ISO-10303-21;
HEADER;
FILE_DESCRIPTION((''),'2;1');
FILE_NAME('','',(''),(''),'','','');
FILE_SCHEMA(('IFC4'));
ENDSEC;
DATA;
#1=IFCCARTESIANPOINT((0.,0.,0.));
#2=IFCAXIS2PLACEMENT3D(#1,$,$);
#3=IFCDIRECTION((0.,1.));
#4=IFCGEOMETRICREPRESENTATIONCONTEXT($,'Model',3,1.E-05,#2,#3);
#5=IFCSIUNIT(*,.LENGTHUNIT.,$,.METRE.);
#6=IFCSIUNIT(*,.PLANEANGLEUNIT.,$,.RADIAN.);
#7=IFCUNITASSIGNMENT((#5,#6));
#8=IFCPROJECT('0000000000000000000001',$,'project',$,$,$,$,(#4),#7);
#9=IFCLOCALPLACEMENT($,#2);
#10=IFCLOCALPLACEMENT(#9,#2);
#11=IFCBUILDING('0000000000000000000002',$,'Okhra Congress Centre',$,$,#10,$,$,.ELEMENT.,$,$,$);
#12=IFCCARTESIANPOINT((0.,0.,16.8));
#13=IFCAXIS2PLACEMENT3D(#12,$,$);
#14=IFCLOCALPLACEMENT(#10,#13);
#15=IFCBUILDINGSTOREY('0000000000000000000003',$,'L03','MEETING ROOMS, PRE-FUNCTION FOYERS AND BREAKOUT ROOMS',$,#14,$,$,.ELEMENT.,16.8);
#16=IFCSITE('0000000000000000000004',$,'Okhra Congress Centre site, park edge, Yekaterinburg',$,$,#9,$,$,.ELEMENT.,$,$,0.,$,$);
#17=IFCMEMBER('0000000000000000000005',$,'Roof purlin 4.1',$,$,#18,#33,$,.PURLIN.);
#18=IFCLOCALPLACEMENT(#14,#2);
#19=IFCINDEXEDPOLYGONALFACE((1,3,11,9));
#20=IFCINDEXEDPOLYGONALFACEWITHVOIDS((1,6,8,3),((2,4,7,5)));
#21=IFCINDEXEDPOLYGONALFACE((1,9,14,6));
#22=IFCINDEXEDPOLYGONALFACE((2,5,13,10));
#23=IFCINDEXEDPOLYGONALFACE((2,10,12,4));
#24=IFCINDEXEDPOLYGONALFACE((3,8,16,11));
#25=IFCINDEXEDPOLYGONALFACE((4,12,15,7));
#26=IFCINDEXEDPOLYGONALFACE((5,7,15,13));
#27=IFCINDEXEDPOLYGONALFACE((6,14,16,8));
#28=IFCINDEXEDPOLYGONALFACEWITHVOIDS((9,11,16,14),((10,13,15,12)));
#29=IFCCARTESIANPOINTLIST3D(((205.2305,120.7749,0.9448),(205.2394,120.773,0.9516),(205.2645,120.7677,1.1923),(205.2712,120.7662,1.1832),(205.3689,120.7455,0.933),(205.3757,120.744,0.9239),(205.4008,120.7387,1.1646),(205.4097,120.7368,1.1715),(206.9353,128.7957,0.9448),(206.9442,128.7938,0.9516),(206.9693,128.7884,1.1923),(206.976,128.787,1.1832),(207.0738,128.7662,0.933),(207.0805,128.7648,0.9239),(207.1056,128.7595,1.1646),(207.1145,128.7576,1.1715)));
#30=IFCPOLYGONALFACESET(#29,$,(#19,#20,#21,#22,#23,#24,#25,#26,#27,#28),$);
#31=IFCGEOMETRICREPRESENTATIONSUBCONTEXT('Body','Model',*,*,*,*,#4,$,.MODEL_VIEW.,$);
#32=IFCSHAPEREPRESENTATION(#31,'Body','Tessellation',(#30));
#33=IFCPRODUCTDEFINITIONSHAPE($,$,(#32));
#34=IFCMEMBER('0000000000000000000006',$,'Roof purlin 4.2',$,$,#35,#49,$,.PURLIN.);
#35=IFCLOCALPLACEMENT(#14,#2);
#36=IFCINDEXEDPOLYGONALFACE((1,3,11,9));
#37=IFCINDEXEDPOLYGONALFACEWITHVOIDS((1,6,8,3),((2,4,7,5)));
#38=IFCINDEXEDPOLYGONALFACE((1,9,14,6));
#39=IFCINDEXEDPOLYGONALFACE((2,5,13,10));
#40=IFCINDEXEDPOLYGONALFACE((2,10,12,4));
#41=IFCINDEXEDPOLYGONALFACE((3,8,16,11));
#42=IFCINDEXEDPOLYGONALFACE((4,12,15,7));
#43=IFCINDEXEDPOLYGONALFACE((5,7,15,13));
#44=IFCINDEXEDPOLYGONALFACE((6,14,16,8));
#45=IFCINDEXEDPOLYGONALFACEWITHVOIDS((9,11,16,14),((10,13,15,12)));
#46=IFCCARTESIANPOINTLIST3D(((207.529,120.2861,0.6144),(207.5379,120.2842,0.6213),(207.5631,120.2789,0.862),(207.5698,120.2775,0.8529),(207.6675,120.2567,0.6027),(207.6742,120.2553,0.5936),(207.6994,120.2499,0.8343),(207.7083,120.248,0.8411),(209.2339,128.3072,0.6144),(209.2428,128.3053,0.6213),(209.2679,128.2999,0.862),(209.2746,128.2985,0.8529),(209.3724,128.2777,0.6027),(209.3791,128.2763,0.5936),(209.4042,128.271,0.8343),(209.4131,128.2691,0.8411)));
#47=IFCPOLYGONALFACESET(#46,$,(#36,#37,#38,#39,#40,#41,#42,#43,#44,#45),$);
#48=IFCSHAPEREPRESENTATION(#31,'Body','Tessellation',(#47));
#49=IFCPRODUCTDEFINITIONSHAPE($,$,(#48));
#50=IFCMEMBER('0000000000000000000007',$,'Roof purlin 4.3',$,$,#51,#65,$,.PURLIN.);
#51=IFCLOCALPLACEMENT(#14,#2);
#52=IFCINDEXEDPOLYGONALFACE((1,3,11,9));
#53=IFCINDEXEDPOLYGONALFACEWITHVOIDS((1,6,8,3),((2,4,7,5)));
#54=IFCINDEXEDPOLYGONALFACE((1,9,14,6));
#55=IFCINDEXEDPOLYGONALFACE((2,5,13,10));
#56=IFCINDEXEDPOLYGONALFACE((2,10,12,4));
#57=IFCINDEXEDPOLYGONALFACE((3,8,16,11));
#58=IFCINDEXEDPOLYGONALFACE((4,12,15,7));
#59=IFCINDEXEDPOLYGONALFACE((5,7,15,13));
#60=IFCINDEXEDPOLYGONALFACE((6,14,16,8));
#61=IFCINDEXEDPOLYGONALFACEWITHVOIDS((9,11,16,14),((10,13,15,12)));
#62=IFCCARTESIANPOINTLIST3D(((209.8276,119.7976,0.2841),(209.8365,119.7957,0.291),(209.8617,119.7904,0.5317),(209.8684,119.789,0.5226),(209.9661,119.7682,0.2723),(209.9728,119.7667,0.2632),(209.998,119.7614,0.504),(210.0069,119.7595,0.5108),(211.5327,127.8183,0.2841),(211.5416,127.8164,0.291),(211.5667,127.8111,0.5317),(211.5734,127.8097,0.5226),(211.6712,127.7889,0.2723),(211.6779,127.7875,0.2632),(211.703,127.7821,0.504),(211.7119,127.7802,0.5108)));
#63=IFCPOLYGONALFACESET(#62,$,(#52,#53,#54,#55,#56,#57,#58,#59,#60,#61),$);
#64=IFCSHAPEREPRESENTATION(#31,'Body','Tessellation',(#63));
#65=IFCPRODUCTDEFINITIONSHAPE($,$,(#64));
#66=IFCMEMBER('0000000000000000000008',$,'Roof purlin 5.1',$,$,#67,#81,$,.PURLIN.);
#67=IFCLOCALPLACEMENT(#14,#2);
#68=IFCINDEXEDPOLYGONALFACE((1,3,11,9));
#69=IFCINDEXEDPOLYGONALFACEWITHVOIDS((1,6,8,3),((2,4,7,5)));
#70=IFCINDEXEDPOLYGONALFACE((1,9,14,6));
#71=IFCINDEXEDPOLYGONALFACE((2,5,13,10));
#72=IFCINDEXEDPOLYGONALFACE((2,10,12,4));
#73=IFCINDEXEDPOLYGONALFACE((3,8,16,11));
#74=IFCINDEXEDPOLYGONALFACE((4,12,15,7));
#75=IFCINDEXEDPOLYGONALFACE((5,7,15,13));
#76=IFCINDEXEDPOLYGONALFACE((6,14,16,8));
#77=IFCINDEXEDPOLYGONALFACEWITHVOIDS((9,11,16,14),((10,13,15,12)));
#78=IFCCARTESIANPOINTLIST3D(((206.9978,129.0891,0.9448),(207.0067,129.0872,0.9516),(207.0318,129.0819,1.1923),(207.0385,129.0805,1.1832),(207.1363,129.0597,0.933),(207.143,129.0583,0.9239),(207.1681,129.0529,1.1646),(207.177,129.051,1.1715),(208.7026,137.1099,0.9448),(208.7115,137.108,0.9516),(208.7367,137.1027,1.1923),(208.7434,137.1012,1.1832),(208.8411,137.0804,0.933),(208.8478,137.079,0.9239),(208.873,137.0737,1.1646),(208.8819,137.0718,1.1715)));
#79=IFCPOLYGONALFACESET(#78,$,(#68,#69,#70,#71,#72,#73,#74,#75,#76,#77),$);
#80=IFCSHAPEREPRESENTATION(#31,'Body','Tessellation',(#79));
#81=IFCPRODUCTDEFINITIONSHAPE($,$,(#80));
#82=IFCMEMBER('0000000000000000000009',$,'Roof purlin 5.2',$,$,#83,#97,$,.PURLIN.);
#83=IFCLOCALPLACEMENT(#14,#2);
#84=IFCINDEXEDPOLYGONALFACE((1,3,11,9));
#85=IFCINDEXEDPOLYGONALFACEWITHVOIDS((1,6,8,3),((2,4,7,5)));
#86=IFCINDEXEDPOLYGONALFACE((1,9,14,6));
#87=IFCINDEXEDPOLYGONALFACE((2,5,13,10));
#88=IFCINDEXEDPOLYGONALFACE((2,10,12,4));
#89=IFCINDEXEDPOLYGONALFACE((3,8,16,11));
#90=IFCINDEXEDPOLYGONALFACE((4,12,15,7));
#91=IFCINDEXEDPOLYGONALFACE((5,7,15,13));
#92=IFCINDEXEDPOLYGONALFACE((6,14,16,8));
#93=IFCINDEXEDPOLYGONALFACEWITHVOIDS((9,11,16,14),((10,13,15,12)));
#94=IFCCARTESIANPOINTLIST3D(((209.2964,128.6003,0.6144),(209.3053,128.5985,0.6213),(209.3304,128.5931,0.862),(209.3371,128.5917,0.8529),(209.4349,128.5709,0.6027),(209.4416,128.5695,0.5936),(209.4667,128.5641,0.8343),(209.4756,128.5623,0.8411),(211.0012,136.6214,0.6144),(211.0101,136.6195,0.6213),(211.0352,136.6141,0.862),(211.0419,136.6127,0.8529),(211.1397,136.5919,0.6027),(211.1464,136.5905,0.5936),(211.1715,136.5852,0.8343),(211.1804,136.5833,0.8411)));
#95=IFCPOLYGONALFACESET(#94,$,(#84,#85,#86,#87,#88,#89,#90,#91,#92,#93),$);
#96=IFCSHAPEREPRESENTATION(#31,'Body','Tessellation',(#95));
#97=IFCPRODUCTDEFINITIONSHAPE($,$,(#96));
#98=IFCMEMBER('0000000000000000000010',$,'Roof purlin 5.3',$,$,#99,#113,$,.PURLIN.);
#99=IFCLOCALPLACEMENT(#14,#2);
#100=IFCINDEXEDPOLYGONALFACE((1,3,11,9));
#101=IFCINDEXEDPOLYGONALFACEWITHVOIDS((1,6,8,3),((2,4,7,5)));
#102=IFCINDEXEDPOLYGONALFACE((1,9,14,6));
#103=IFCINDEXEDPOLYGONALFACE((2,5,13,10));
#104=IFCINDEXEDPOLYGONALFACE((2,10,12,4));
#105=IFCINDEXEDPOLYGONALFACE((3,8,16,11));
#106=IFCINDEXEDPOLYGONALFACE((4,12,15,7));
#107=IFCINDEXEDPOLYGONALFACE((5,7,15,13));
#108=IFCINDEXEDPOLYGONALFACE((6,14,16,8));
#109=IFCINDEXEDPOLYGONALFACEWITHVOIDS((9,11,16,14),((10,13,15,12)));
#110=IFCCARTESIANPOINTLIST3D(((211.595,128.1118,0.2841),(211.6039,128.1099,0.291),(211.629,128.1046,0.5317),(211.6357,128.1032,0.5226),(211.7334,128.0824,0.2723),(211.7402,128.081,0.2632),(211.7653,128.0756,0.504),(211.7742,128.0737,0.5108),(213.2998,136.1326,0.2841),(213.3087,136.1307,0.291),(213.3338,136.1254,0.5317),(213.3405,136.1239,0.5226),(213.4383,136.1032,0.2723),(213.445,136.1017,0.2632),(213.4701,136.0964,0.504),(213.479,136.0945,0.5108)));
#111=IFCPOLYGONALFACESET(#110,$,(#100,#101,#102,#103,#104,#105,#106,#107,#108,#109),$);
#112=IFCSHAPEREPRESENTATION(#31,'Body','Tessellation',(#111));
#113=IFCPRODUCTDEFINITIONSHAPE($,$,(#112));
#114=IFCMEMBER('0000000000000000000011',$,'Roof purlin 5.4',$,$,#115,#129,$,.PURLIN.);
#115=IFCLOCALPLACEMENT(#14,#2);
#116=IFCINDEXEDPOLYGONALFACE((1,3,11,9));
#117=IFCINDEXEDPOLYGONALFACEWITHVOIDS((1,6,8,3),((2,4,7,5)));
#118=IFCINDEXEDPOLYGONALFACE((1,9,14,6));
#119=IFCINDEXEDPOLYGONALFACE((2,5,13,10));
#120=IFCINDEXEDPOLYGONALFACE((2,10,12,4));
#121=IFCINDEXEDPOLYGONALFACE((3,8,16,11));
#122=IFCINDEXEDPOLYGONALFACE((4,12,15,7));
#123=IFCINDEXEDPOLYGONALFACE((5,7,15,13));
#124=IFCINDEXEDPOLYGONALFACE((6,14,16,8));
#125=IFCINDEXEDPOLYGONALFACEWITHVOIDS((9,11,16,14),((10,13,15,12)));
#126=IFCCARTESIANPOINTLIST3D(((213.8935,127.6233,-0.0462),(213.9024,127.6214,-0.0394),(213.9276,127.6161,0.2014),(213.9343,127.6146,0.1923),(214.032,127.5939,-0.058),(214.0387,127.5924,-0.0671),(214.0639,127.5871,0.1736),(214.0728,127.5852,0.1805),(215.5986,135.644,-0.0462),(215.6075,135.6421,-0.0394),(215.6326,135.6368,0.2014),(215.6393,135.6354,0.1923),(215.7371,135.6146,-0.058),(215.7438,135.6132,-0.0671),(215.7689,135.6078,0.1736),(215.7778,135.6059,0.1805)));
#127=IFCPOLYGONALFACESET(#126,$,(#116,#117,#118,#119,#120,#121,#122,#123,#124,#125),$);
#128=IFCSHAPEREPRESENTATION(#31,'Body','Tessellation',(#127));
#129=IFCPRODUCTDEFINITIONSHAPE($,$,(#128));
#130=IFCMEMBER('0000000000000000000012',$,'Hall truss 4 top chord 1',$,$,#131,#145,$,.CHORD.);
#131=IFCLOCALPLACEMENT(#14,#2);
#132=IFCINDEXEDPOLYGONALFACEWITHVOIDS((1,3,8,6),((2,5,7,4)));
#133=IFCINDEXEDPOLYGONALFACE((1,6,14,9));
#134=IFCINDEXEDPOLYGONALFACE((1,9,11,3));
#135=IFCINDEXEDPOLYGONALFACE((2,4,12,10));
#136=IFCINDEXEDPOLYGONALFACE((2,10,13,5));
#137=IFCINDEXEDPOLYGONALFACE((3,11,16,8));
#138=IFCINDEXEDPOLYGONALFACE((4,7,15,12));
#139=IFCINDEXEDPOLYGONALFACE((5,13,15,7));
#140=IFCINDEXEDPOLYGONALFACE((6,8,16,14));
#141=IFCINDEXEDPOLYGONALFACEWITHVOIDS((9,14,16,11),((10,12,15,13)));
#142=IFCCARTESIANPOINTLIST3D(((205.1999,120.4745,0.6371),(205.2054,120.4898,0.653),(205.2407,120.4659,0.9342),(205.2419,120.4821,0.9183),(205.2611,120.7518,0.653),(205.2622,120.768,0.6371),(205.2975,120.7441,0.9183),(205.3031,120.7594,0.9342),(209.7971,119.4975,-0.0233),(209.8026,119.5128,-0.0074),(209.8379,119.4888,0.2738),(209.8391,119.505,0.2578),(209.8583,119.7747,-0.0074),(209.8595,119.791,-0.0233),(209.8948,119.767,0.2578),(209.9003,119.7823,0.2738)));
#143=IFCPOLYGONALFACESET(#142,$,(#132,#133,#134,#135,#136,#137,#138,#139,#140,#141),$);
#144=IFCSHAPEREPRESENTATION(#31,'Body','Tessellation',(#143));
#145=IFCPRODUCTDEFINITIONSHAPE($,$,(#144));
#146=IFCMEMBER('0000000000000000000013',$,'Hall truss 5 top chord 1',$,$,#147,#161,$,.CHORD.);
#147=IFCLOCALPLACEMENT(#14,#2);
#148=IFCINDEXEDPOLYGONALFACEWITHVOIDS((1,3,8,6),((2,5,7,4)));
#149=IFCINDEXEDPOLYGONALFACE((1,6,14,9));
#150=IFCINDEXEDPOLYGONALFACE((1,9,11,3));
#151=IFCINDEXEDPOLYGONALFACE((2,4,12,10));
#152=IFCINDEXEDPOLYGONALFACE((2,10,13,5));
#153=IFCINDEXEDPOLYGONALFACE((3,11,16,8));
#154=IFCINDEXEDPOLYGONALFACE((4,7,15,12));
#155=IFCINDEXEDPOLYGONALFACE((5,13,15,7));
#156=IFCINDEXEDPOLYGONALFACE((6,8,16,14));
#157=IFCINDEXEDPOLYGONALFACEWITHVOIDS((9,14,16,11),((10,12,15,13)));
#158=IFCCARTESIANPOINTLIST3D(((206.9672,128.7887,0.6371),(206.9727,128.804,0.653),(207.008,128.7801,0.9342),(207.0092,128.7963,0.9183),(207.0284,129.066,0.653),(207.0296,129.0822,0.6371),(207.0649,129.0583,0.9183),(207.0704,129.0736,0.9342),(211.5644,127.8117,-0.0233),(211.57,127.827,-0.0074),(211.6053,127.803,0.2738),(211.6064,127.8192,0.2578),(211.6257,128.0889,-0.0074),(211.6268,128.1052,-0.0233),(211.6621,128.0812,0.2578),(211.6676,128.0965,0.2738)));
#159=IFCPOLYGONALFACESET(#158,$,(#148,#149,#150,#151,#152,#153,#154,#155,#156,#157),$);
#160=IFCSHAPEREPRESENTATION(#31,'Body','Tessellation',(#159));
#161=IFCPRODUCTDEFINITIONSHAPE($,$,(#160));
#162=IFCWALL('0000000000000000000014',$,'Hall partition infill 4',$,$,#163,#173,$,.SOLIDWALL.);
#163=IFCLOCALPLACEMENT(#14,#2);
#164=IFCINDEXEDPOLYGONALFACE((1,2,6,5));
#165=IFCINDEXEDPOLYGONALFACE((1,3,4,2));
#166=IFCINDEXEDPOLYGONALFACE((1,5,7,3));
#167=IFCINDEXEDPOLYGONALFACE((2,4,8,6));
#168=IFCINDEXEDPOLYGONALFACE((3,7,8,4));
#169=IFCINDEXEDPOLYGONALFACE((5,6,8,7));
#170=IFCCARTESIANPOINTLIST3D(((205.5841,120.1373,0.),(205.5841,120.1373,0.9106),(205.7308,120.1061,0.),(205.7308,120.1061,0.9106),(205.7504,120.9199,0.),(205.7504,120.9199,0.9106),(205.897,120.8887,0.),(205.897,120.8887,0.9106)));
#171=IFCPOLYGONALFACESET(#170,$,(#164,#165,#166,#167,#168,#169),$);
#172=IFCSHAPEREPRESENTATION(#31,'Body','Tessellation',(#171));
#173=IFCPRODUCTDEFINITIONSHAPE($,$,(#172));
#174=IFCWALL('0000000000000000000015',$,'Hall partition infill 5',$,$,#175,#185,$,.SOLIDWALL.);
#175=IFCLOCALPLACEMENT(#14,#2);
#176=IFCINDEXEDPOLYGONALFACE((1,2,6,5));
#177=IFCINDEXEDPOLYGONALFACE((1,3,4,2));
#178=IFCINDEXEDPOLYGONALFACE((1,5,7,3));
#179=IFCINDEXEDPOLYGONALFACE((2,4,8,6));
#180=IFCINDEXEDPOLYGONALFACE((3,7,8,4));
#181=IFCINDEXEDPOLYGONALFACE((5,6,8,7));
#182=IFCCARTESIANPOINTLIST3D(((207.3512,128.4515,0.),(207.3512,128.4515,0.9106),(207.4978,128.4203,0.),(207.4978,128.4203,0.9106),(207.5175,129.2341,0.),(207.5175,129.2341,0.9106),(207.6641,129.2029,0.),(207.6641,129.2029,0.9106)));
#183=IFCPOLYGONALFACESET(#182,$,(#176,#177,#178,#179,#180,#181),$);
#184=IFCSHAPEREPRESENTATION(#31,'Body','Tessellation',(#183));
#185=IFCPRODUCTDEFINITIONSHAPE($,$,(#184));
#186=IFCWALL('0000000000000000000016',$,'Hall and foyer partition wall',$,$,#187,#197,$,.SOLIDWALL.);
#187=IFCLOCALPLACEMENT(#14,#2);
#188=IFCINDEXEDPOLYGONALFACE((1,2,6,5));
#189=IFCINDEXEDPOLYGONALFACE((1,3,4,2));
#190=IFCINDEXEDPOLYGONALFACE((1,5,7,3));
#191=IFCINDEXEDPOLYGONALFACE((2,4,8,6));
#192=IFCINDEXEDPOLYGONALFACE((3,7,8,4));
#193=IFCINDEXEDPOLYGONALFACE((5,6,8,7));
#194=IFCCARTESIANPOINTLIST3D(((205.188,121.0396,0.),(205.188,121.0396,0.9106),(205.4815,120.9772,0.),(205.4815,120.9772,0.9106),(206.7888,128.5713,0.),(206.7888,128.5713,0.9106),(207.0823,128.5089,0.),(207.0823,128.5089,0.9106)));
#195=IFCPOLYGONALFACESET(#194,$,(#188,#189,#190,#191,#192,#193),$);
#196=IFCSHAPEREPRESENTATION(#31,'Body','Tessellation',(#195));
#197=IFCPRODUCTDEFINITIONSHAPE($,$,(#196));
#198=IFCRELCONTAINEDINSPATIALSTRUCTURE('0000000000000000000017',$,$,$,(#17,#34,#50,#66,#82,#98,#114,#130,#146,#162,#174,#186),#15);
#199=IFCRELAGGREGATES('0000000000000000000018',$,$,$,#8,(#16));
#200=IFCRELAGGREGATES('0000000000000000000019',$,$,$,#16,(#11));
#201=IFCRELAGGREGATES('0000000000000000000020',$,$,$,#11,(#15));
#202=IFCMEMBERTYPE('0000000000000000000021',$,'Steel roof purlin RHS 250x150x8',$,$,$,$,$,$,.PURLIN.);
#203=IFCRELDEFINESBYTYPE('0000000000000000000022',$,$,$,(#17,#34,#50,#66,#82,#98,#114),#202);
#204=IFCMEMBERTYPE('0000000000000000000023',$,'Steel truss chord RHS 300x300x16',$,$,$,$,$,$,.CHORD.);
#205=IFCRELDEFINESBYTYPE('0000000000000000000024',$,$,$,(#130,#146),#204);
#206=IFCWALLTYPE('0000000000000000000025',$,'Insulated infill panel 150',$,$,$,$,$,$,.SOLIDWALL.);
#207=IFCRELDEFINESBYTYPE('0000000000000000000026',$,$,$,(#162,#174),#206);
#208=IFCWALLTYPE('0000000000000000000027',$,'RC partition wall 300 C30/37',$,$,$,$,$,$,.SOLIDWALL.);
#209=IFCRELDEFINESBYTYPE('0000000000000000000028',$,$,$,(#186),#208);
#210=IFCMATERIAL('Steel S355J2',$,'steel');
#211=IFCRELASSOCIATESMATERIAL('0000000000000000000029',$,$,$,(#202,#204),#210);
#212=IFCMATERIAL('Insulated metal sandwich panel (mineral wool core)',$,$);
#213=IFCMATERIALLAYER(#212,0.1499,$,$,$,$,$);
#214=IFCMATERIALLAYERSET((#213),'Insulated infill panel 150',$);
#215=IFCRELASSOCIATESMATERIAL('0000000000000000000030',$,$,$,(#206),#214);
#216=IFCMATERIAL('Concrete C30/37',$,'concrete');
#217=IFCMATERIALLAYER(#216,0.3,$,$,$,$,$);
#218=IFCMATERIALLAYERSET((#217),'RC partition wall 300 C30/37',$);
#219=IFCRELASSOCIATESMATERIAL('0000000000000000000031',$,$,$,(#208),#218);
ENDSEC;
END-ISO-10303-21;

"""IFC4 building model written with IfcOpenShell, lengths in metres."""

from ifc_helpers import new_model, si_unit, direction, frame, frame_2d, origin, origin_2d, place, context, subcontext, project, spatial, rectangle, hollow_rectangle, extrude, material, layer, layer_set, material_profile, profile_set, type_object, element, save


model = new_model("IFC4")

# Units and contexts
model_context = context("Model", 3, precision=1e-05, world=origin(), true_north=direction((0.0, 1.0)))
body_context = subcontext(model_context, "Body", "Model", "MODEL_VIEW")
ifc_project = project(units=[si_unit("LENGTHUNIT", "METRE"), si_unit("PLANEANGLEUNIT", "RADIAN")], contexts=[model_context])

# Site, building, storey
site_placement = place(None, origin())
site = spatial("IfcSite", under=ifc_project, at=site_placement, Name="Okhra Congress Centre site, park edge, Yekaterinburg", CompositionType="ELEMENT", RefElevation=0.0)
building_placement = place(site_placement, origin())
building = spatial("IfcBuilding", under=site, at=building_placement, Name="Okhra Congress Centre", CompositionType="ELEMENT")
storey_placement = place(building_placement, frame((0.0, 0.0, 16.8)))
storey = spatial("IfcBuildingStorey", under=building, at=storey_placement, Name="L03", Description="MEETING ROOMS, PRE-FUNCTION FOYERS AND BREAKOUT ROOMS", CompositionType="ELEMENT", Elevation=16.8)

# Members
ifc_material_1 = material(Name="Steel S355J2", Category="steel")
ifc_material_profile_1 = material_profile(ifc_material_1, hollow_rectangle(XDim=0.1499, YDim=0.25, WallThickness=0.0081, at=origin_2d()), Name="RHS 250x150x8")
ifc_profile_set_1 = profile_set([ifc_material_profile_1], Name="Steel S355J2")
member_type_1 = type_object("IfcMemberType", Name="Steel roof purlin RHS 250x150x8", PredefinedType="PURLIN", material=ifc_profile_set_1)
member_1_placement = place(storey_placement, frame((205.3201, 120.7559, 1.0581), z_axis=(0.207908, 0.978148, 0.0), x_axis=(-0.968629, 0.205885, 0.139173)))
element("IfcMember", 1, at=member_1_placement, inside=storey, type_object=member_type_1, Name="Roof purlin 4.1", PredefinedType="PURLIN", context=body_context, shape_type="SweptSolid", body=[
    extrude(hollow_rectangle(XDim=0.1499, YDim=0.25, WallThickness=0.0081, at=origin_2d()), origin(), (0.0, 0.0, 1.0), 8.2),
])
member_2_placement = place(storey_placement, frame((207.6187, 120.2671, 0.7278), z_axis=(0.207902, 0.97815, 0.0), x_axis=(-0.96863, 0.205879, 0.139173)))
element("IfcMember", 2, at=member_2_placement, inside=storey, type_object=member_type_1, Name="Roof purlin 4.2", PredefinedType="PURLIN", context=body_context, shape_type="SweptSolid", body=[
    extrude(hollow_rectangle(XDim=0.1499, YDim=0.25, WallThickness=0.0081, at=origin_2d()), origin(), (0.0, 0.0, 1.0), 8.2002),
])
for number, where, z_axis, x_axis, name in (
    (3, (209.9172, 119.7786, 0.3975), (0.207937, 0.978142, 0.0), (-0.968623, 0.205913, 0.139173), "Roof purlin 4.3"),
    (4, (207.0874, 129.0701, 1.0581), (0.207908, 0.978148, 0.0), (-0.968629, 0.205885, 0.139173), "Roof purlin 5.1"),
):
    element("IfcMember", number, at=place(storey_placement, frame(where, z_axis=z_axis, x_axis=x_axis)), inside=storey, type_object=member_type_1, Name=name, PredefinedType="PURLIN", context=body_context, shape_type="SweptSolid", body=[
        extrude(hollow_rectangle(XDim=0.1499, YDim=0.25, WallThickness=0.0081, at=origin_2d()), origin(), (0.0, 0.0, 1.0), 8.2),
    ])
member_3_placement = place(storey_placement, frame((209.386, 128.5813, 0.7278), z_axis=(0.207902, 0.97815, 0.0), x_axis=(-0.96863, 0.205879, 0.139173)))
element("IfcMember", 5, at=member_3_placement, inside=storey, type_object=member_type_1, Name="Roof purlin 5.2", PredefinedType="PURLIN", context=body_context, shape_type="SweptSolid", body=[
    extrude(hollow_rectangle(XDim=0.1499, YDim=0.25, WallThickness=0.0081, at=origin_2d()), origin(), (0.0, 0.0, 1.0), 8.2002),
])
for number, where, z_axis, x_axis, name in (
    (6, (211.6846, 128.0928, 0.3975), (0.207908, 0.978148, 0.0), (-0.968629, 0.205885, 0.139173), "Roof purlin 5.3"),
    (7, (213.9832, 127.6042, 0.0671), (0.207937, 0.978142, 0.0), (-0.968623, 0.205913, 0.139173), "Roof purlin 5.4"),
):
    element("IfcMember", number, at=place(storey_placement, frame(where, z_axis=z_axis, x_axis=x_axis)), inside=storey, type_object=member_type_1, Name=name, PredefinedType="PURLIN", context=body_context, shape_type="SweptSolid", body=[
        extrude(hollow_rectangle(XDim=0.1499, YDim=0.25, WallThickness=0.0081, at=origin_2d()), origin(), (0.0, 0.0, 1.0), 8.2),
    ])
ifc_material_profile_2 = material_profile(ifc_material_1, hollow_rectangle(XDim=0.3, YDim=0.3, WallThickness=0.0161, at=origin_2d()), Name="RHS 300x300x16")
ifc_profile_set_2 = profile_set([ifc_material_profile_2], Name="Steel S355J2")
member_type_2 = type_object("IfcMemberType", Name="Steel truss chord RHS 300x300x16", PredefinedType="CHORD", material=ifc_profile_set_2)
for number, where, z_axis, x_axis, name in (
    (8, (205.2515, 120.6169, 0.7856), (0.968636, -0.205867, -0.139148), (0.20789, 0.978152, 0.0), "Hall truss 4 top chord 1"),
    (9, (207.0188, 128.9312, 0.7856), (0.968636, -0.205867, -0.139148), (0.20789, 0.978152, 0.0), "Hall truss 5 top chord 1"),
):
    element("IfcMember", number, at=place(storey_placement, frame(where, z_axis=z_axis, x_axis=x_axis)), inside=storey, type_object=member_type_2, Name=name, PredefinedType="CHORD", context=body_context, shape_type="SweptSolid", body=[
        extrude(hollow_rectangle(XDim=0.3, YDim=0.3, WallThickness=0.0161, at=origin_2d()), origin(), (0.0, 0.0, 1.0), 4.7461),
    ])

# Walls
ifc_material_2 = material(Name="Insulated metal sandwich panel (mineral wool core)")
ifc_layer_1 = layer(ifc_material_2, 0.1499)
ifc_layer_set_1 = layer_set([ifc_layer_1], Name="Insulated infill panel 150")
wall_type_1 = type_object("IfcWallType", Name="Insulated infill panel 150", PredefinedType="SOLIDWALL", material=ifc_layer_set_1)
for number, where, z_axis, x_axis, name in (
    (10, (205.6575, 120.1218, 0.0), (0.0, 0.0, 1.0), (0.207841, 0.978163, 0.0), "Hall partition infill 4"),
    (11, (207.4246, 128.436, 0.0), (0.0, 0.0, 1.0), (0.207841, 0.978163, 0.0), "Hall partition infill 5"),
):
    element("IfcWall", number, at=place(storey_placement, frame(where, z_axis=z_axis, x_axis=x_axis)), inside=storey, type_object=wall_type_1, Name=name, PredefinedType="SOLIDWALL", context=body_context, shape_type="SweptSolid", body=[
        extrude(rectangle(XDim=0.8, YDim=0.1499, at=frame_2d((0.3999, 0.0))), origin(), (0.0, 0.0, 1.0), 0.9106),
    ])
ifc_material_3 = material(Name="Concrete C30/37", Category="concrete")
ifc_layer_2 = layer(ifc_material_3, 0.3)
ifc_layer_set_2 = layer_set([ifc_layer_2], Name="RC partition wall 300 C30/37")
wall_type_2 = type_object("IfcWallType", Name="RC partition wall 300 C30/37", PredefinedType="SOLIDWALL", material=ifc_layer_set_2)
wall_placement = place(storey_placement, frame((205.3347, 121.0083, 0.0), z_axis=(0.0, 0.0, 1.0), x_axis=(0.2079, 0.97815, 0.0)))
element("IfcWall", 12, at=wall_placement, inside=storey, type_object=wall_type_2, Name="Hall and foyer partition wall", PredefinedType="SOLIDWALL", context=body_context, shape_type="SweptSolid", body=[
    extrude(rectangle(XDim=7.7, YDim=0.3, at=frame_2d((3.8501, 0.0))), origin(), (0.0, 0.0, 1.0), 0.9106),
])

save(model, "model.ifc")
